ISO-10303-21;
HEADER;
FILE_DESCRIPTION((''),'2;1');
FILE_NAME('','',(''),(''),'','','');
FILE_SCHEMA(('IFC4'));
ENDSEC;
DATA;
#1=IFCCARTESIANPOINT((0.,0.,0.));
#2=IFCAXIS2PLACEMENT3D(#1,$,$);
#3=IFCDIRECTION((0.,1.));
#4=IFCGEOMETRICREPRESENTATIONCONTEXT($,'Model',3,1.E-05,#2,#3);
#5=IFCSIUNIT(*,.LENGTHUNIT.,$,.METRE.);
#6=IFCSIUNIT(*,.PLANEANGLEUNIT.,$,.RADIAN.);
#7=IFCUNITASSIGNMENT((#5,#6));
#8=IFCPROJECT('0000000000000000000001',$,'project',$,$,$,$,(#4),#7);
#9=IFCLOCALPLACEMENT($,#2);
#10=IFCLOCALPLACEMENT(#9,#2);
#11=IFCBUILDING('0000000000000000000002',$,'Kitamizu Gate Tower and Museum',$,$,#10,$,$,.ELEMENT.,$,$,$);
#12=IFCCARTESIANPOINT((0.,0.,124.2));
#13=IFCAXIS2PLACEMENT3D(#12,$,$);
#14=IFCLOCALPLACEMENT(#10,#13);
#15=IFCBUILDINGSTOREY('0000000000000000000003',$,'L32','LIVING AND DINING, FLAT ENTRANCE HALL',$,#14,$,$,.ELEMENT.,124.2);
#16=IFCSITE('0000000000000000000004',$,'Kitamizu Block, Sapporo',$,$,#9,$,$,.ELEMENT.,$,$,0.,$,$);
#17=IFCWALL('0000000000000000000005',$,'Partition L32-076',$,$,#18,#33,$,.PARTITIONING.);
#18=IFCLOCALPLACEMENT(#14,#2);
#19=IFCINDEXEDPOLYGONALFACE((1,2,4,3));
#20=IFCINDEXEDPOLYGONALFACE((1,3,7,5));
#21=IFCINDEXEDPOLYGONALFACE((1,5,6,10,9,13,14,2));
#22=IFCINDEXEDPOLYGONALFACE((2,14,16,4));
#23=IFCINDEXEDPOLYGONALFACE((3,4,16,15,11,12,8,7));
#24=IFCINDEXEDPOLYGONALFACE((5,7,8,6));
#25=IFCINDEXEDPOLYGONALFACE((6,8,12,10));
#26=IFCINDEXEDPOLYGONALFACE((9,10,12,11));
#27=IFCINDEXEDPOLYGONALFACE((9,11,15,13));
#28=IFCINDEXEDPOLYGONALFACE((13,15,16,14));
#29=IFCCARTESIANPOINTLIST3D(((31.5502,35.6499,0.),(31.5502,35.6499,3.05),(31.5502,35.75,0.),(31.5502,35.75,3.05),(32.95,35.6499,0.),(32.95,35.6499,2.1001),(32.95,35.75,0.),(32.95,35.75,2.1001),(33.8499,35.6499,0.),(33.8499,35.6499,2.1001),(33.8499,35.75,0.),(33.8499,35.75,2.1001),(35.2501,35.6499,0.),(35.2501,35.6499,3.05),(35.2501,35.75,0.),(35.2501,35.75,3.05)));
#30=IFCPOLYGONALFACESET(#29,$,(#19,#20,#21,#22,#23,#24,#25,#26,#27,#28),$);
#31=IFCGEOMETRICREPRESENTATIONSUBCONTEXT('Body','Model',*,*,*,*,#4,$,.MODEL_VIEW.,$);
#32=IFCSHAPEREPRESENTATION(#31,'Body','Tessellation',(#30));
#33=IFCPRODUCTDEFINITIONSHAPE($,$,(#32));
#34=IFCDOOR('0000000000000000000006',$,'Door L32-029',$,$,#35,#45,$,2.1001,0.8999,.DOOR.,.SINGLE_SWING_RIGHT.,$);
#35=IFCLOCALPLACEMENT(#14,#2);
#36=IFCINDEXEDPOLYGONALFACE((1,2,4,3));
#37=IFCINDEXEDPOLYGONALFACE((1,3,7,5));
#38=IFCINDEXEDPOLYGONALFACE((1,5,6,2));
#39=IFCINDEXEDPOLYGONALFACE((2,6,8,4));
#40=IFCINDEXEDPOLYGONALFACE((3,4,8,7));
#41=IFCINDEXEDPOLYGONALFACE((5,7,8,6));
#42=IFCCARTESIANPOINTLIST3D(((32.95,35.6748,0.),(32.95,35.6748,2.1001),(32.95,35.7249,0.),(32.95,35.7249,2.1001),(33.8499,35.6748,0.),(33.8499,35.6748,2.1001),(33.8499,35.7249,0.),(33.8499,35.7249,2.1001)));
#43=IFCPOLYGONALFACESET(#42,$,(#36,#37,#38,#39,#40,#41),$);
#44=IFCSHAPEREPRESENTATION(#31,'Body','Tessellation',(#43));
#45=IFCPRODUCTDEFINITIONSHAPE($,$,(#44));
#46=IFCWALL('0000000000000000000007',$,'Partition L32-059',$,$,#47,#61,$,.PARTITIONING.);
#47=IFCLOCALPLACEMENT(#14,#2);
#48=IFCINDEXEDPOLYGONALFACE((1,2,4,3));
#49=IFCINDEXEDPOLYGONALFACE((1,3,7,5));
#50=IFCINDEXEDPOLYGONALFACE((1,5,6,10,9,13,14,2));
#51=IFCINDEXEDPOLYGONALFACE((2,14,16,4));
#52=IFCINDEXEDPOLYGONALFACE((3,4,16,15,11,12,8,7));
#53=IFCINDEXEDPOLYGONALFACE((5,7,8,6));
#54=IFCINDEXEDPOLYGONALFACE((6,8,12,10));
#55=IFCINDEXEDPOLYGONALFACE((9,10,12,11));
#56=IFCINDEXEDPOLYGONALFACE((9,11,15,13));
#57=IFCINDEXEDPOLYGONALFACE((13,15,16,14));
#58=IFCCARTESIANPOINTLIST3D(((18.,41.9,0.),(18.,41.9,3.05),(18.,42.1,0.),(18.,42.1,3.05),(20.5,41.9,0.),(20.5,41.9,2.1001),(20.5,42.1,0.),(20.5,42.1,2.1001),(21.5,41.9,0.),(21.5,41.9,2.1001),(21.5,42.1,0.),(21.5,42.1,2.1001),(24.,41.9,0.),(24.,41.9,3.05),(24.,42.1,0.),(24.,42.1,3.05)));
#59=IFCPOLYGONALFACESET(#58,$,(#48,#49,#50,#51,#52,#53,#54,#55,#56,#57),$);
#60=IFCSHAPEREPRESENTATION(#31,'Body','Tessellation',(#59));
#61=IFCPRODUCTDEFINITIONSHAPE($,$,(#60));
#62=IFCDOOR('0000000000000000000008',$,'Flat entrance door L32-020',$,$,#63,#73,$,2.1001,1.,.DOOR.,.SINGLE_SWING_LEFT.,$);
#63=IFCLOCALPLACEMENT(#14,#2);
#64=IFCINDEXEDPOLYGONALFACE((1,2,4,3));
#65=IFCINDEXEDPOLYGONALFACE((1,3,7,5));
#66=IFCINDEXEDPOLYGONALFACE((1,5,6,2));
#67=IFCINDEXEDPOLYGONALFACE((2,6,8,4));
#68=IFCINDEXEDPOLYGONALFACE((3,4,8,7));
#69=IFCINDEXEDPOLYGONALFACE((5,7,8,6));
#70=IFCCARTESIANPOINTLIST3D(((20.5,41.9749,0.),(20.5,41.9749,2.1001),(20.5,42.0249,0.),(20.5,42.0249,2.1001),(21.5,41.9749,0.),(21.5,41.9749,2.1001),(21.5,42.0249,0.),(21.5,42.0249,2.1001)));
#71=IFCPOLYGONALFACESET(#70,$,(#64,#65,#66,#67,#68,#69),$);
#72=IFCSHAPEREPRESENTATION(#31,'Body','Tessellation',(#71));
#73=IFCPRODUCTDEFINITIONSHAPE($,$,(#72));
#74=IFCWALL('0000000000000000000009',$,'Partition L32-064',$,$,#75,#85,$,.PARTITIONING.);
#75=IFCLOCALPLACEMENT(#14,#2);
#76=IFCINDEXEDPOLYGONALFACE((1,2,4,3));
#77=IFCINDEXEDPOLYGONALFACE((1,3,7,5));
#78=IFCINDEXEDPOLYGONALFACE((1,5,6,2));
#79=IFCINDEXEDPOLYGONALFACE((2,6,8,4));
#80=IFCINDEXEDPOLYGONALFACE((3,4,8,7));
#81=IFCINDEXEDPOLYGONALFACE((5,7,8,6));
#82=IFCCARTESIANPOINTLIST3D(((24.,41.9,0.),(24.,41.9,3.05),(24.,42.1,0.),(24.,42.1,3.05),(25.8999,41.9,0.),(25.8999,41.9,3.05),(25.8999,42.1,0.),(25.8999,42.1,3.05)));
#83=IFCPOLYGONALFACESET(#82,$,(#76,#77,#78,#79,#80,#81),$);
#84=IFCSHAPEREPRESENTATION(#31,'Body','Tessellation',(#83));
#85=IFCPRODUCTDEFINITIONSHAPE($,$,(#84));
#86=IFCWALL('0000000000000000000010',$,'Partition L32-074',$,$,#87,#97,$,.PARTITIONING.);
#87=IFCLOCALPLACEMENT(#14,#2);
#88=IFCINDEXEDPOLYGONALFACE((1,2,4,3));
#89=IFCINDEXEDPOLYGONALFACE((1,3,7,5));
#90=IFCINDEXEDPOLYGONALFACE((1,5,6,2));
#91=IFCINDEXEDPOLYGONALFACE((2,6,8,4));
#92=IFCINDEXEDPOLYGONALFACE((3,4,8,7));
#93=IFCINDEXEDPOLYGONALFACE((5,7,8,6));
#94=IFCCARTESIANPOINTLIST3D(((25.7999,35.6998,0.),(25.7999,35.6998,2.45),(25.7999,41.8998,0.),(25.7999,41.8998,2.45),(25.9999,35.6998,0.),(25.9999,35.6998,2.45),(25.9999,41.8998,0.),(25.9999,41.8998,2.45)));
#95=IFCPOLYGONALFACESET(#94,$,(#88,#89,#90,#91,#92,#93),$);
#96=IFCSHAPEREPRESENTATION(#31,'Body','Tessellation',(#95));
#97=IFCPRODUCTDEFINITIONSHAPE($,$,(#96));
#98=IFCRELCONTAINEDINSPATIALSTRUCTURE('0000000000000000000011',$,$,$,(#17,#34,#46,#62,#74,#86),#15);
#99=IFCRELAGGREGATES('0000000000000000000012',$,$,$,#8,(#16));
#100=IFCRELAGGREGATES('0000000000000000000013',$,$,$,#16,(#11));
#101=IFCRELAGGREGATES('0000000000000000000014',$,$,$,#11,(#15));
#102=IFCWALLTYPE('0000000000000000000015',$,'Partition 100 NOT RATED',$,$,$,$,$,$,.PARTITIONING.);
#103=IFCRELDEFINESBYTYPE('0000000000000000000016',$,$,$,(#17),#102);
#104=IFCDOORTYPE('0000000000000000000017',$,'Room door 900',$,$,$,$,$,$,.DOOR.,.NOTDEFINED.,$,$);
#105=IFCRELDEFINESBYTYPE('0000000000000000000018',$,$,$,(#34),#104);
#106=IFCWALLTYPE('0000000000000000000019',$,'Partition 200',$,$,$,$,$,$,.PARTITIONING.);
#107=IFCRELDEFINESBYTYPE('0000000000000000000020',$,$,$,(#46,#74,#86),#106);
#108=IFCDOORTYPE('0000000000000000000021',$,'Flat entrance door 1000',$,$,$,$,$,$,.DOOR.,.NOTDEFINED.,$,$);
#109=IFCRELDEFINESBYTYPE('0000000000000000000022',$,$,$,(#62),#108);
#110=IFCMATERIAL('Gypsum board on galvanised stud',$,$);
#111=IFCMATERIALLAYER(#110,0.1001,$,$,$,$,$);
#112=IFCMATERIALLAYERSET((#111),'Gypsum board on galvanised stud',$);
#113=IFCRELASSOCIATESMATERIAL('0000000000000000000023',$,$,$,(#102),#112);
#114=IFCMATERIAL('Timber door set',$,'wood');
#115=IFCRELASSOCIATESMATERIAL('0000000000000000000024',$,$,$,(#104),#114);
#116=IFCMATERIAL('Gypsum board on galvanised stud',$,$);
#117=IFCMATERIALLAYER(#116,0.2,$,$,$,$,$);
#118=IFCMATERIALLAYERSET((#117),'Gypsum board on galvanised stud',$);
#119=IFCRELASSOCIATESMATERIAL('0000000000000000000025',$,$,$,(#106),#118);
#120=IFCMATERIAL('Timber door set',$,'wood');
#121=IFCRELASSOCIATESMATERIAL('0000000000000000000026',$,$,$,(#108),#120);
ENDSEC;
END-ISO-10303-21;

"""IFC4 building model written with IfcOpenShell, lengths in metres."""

from ifc_helpers import new_model, si_unit, direction, frame, frame_2d, origin, place, context, subcontext, project, spatial, rectangle, extrude, material, layer, layer_set, type_object, element, fill, save


model = new_model("IFC4")

# Units and contexts
model_context = context("Model", 3, precision=1e-05, world=origin(), true_north=direction((0.0, 1.0)))
body_context = subcontext(model_context, "Body", "Model", "MODEL_VIEW")
ifc_project = project(units=[si_unit("LENGTHUNIT", "METRE"), si_unit("PLANEANGLEUNIT", "RADIAN")], contexts=[model_context])

# Site, building, storey
site_placement = place(None, origin())
site = spatial("IfcSite", under=ifc_project, at=site_placement, Name="Kitamizu Block, Sapporo", CompositionType="ELEMENT", RefElevation=0.0)
building_placement = place(site_placement, origin())
building = spatial("IfcBuilding", under=site, at=building_placement, Name="Kitamizu Gate Tower and Museum", CompositionType="ELEMENT")
storey_placement = place(building_placement, frame((0.0, 0.0, 124.2)))
storey = spatial("IfcBuildingStorey", under=building, at=storey_placement, Name="L32", Description="LIVING AND DINING, FLAT ENTRANCE HALL", CompositionType="ELEMENT", Elevation=124.2)

# Shared definitions
ifc_material_1 = material(Name="Gypsum board on galvanised stud")
ifc_layer_1 = layer(ifc_material_1, 0.1001)
ifc_layer_set_1 = layer_set([ifc_layer_1], Name="Gypsum board on galvanised stud")
wall_type_1 = type_object("IfcWallType", Name="Partition 100 NOT RATED", PredefinedType="PARTITIONING", material=ifc_layer_set_1)
ifc_material_2 = material(Name="Timber door set", Category="wood")
door_type_1 = type_object("IfcDoorType", Name="Room door 900", OperationType="NOTDEFINED", PredefinedType="DOOR", material=ifc_material_2)

# Walls, openings, doors
wall_1_placement = place(storey_placement, frame((31.55, 35.7, 0.0), z_axis=(0.0, 0.0, 1.0), x_axis=(1.0, 0.0, 0.0)))
wall_1 = element("IfcWall", 1, at=wall_1_placement, inside=storey, type_object=wall_type_1, Name="Partition L32-076", PredefinedType="PARTITIONING", context=body_context, shape_type="SweptSolid", body=[
    extrude(rectangle(XDim=3.7, YDim=0.1001, at=frame_2d((1.8501, 0.0))), origin(), (0.0, 0.0, 1.0), 3.05),
])
opening_1_placement = place(wall_1_placement, frame((1.3999, 0.0, 0.0)))
opening_1 = element("IfcOpeningElement", 2, at=opening_1_placement, cuts=wall_1, PredefinedType="OPENING", context=body_context, shape_type="SweptSolid", body=[
    extrude(rectangle(XDim=0.8999, YDim=2.1001, at=frame_2d((0.45, 1.05))), frame((0.0, 0.0601, 0.0), z_axis=(0.0, -1.0, 0.0), x_axis=(1.0, 0.0, 0.0)), (0.0, 0.0, 1.0), 0.1201),
])
door_1_placement = place(opening_1_placement, origin())
door_1 = element("IfcDoor", 3, at=door_1_placement, inside=storey, type_object=door_type_1, Name="Door L32-029", OperationType="SINGLE_SWING_RIGHT", OverallHeight=2.1001, OverallWidth=0.8999, PredefinedType="DOOR", context=body_context, shape_type="SweptSolid", body=[
    extrude(rectangle(XDim=0.8999, YDim=2.1001, at=frame_2d((0.45, 1.05))), frame((0.0, 0.0249, 0.0), z_axis=(0.0, -1.0, 0.0), x_axis=(1.0, 0.0, 0.0)), (0.0, 0.0, 1.0), 0.05),
])
fill(opening_1, door_1)
ifc_material_3 = material(Name="Gypsum board on galvanised stud")
ifc_layer_2 = layer(ifc_material_3, 0.2)
ifc_layer_set_2 = layer_set([ifc_layer_2], Name="Gypsum board on galvanised stud")
wall_type_2 = type_object("IfcWallType", Name="Partition 200", PredefinedType="PARTITIONING", material=ifc_layer_set_2)
wall_2_placement = place(storey_placement, frame((18.0, 42.0, 0.0), z_axis=(0.0, 0.0, 1.0), x_axis=(1.0, 0.0, 0.0)))
wall_2 = element("IfcWall", 4, at=wall_2_placement, inside=storey, type_object=wall_type_2, Name="Partition L32-059", PredefinedType="PARTITIONING", context=body_context, shape_type="SweptSolid", body=[
    extrude(rectangle(XDim=6.0, YDim=0.2, at=frame_2d((3.0, 0.0))), origin(), (0.0, 0.0, 1.0), 3.05),
])
opening_2_placement = place(wall_2_placement, frame((2.5, 0.0, 0.0)))
opening_2 = element("IfcOpeningElement", 5, at=opening_2_placement, cuts=wall_2, PredefinedType="OPENING", context=body_context, shape_type="SweptSolid", body=[
    extrude(rectangle(XDim=1.0, YDim=2.1001, at=frame_2d((0.5, 1.05))), frame((0.0, 0.1099, 0.0), z_axis=(0.0, -1.0, 0.0), x_axis=(1.0, 0.0, 0.0)), (0.0, 0.0, 1.0), 0.22),
])
ifc_material_4 = material(Name="Timber door set", Category="wood")
door_type_2 = type_object("IfcDoorType", Name="Flat entrance door 1000", OperationType="NOTDEFINED", PredefinedType="DOOR", material=ifc_material_4)
door_2_placement = place(opening_2_placement, origin())
door_2 = element("IfcDoor", 6, at=door_2_placement, inside=storey, type_object=door_type_2, Name="Flat entrance door L32-020", OperationType="SINGLE_SWING_LEFT", OverallHeight=2.1001, OverallWidth=1.0, PredefinedType="DOOR", context=body_context, shape_type="SweptSolid", body=[
    extrude(rectangle(XDim=1.0, YDim=2.1001, at=frame_2d((0.5, 1.05))), frame((0.0, 0.0249, 0.0), z_axis=(0.0, -1.0, 0.0), x_axis=(1.0, 0.0, 0.0)), (0.0, 0.0, 1.0), 0.05),
])
fill(opening_2, door_2)

# Walls
wall_3_placement = place(storey_placement, frame((24.0, 42.0, 0.0), z_axis=(0.0, 0.0, 1.0), x_axis=(1.0, 0.0, 0.0)))
element("IfcWall", 7, at=wall_3_placement, inside=storey, type_object=wall_type_2, Name="Partition L32-064", PredefinedType="PARTITIONING", context=body_context, shape_type="SweptSolid", body=[
    extrude(rectangle(XDim=1.8999, YDim=0.2, at=frame_2d((0.95, 0.0))), origin(), (0.0, 0.0, 1.0), 3.05),
])
wall_4_placement = place(storey_placement, frame((25.8999, 41.8999, 0.0), z_axis=(0.0, 0.0, 1.0), x_axis=(0.0, -1.0, 0.0)))
element("IfcWall", 8, at=wall_4_placement, inside=storey, type_object=wall_type_2, Name="Partition L32-074", PredefinedType="PARTITIONING", context=body_context, shape_type="SweptSolid", body=[
    extrude(rectangle(XDim=6.2, YDim=0.2, at=frame_2d((3.1001, 0.0))), origin(), (0.0, 0.0, 1.0), 2.45),
])

save(model, "model.ifc")
